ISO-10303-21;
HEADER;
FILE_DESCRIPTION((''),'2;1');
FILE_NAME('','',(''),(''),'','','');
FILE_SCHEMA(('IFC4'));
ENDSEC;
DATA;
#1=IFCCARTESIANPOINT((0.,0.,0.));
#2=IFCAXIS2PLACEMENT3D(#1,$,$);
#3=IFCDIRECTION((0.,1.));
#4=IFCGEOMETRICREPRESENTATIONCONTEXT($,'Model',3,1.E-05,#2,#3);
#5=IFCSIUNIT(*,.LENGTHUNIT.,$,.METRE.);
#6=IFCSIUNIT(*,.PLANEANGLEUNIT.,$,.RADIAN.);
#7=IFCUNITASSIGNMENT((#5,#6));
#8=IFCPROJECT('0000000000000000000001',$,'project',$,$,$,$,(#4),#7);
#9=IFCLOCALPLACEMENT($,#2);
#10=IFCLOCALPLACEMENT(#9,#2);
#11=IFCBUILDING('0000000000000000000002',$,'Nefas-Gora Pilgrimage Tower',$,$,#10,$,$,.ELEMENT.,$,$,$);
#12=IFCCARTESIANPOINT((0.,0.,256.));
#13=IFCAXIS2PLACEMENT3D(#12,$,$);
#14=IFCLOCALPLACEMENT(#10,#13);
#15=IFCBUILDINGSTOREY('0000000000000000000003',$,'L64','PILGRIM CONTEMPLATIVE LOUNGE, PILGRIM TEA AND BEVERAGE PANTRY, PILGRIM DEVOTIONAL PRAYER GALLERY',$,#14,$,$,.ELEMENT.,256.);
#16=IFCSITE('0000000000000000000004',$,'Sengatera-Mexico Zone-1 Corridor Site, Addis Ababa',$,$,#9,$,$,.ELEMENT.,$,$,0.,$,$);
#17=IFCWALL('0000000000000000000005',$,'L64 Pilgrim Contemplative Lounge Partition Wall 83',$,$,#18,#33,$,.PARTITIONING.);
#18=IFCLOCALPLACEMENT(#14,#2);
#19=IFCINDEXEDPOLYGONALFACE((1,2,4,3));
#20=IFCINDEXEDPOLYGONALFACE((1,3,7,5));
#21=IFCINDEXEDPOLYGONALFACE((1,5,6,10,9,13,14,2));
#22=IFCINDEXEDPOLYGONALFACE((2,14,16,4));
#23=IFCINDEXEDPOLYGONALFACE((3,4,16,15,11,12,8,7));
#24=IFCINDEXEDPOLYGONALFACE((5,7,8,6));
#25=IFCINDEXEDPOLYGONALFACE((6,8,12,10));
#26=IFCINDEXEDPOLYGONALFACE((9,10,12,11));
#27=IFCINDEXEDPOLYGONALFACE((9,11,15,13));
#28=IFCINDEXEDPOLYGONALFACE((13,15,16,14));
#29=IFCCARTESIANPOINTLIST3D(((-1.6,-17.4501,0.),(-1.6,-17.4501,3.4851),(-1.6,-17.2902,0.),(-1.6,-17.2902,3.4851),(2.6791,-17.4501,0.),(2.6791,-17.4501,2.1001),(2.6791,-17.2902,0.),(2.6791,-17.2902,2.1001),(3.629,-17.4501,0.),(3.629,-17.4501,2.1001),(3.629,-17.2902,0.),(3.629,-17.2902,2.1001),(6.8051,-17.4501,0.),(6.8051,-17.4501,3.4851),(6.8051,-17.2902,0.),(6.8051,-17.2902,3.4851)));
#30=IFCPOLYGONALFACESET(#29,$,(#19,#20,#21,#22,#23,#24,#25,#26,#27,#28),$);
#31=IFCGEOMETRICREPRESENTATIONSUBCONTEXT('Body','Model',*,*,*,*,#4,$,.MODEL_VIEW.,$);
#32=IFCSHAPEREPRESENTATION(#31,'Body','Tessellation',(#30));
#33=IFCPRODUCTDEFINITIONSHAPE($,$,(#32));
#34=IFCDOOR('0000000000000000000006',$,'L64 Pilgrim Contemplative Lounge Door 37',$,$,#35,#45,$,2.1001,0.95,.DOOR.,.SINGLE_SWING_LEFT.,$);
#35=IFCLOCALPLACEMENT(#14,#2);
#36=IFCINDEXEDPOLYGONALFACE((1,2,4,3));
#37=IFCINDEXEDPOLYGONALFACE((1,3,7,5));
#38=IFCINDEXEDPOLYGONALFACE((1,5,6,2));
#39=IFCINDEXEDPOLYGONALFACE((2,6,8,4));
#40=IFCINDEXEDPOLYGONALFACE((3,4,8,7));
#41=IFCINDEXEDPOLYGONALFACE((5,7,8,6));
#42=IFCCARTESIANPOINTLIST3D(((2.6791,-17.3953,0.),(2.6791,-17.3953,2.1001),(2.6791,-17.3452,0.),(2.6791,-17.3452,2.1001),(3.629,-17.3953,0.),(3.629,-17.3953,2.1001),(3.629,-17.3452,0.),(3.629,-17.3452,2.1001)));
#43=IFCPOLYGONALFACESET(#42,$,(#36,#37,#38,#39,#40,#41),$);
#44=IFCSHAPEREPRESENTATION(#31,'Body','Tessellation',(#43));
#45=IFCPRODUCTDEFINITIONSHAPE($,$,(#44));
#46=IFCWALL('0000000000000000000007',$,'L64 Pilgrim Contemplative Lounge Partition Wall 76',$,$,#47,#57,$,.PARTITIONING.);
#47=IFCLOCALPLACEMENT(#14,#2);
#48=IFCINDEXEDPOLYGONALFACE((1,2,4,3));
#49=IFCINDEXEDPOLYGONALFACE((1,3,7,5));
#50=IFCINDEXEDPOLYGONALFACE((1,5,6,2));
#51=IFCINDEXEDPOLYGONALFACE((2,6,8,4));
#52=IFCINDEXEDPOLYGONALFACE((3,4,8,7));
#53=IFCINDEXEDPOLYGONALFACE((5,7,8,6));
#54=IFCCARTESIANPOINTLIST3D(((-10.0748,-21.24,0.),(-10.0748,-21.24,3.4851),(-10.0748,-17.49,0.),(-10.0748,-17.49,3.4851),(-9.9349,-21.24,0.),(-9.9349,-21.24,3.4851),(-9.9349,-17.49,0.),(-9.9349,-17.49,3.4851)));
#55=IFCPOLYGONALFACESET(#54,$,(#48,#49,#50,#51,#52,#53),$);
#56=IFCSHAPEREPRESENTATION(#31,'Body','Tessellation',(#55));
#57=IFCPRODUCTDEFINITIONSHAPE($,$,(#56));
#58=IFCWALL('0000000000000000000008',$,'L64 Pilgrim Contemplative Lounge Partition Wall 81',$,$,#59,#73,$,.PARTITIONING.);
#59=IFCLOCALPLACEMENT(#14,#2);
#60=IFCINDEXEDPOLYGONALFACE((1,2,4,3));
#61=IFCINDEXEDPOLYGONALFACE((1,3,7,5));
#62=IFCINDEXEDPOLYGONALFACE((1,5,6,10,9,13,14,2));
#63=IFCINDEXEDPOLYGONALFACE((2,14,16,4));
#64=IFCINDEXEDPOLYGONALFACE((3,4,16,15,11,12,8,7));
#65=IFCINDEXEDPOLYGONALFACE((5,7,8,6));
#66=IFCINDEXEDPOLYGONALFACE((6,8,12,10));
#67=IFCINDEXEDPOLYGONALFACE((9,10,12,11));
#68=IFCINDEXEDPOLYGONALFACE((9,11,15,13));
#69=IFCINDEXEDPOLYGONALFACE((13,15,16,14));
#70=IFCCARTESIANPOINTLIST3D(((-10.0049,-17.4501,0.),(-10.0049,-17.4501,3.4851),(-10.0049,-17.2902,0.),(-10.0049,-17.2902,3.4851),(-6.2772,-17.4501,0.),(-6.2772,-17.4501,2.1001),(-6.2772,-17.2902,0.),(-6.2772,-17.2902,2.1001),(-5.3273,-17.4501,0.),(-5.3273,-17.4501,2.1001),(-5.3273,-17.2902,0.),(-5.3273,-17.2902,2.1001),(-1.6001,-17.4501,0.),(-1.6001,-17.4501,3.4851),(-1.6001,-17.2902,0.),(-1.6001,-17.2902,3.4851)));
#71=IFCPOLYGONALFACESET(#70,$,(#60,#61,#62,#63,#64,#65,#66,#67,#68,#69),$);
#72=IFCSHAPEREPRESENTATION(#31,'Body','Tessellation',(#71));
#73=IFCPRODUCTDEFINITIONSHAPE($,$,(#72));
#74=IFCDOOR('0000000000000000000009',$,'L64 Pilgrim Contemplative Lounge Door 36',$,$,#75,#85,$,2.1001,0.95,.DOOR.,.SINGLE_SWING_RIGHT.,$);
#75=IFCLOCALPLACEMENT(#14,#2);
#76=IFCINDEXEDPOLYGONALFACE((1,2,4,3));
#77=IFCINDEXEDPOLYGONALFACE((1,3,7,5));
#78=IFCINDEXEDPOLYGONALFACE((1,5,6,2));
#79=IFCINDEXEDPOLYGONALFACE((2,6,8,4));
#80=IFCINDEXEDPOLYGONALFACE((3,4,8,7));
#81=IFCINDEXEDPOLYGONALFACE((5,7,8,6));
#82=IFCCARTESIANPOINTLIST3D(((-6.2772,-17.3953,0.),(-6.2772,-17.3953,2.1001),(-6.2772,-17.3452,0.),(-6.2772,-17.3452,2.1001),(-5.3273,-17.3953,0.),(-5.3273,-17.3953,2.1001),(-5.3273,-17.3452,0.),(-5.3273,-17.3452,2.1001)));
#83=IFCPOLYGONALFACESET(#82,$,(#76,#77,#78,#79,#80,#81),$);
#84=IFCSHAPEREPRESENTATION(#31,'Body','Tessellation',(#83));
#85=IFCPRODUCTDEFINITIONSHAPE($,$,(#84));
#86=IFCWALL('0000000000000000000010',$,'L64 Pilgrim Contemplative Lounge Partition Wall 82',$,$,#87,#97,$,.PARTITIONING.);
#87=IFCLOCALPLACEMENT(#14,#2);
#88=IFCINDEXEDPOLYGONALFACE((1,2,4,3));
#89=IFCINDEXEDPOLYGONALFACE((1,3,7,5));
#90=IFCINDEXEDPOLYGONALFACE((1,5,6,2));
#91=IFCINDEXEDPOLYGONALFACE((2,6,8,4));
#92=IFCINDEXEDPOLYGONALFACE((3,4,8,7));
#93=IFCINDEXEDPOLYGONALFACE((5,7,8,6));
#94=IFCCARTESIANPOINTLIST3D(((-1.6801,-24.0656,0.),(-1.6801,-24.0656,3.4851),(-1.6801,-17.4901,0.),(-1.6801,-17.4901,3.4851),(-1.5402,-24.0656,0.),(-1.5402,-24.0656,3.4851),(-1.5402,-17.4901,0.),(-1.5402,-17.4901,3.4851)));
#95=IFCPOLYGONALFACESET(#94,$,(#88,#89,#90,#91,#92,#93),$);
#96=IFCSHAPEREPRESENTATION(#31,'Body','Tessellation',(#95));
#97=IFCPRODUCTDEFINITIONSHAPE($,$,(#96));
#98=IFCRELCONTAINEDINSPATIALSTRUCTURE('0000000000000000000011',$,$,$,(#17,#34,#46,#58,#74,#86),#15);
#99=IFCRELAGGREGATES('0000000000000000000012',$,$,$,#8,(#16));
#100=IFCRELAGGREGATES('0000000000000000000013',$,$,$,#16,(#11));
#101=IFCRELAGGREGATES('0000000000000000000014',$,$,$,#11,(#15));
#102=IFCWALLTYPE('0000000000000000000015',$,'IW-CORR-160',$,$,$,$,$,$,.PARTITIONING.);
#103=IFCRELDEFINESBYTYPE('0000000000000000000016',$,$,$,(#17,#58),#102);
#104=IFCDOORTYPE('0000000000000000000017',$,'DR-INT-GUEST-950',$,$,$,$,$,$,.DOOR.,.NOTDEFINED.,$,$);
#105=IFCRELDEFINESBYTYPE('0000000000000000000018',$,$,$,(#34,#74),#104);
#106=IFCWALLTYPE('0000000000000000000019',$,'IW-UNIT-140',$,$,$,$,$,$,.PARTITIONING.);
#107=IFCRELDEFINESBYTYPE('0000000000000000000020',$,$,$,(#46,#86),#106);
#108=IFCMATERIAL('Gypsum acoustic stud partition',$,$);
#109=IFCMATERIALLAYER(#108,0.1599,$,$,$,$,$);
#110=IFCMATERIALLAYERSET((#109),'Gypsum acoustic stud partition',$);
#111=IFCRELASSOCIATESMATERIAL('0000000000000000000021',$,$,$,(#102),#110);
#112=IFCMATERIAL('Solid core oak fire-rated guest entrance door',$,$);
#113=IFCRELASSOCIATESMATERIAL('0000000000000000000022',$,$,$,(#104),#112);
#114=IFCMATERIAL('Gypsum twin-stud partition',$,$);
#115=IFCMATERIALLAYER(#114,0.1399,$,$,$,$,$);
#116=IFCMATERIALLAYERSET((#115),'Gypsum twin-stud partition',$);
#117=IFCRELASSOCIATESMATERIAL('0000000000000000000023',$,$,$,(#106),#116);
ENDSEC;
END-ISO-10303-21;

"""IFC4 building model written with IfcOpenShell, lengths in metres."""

from ifc_helpers import new_model, si_unit, direction, frame, frame_2d, origin, place, context, subcontext, project, spatial, rectangle, extrude, source, transform, mapped, material, layer, layer_set, type_object, element, fill, save


model = new_model("IFC4")

# Units and contexts
model_context = context("Model", 3, precision=1e-05, world=origin(), true_north=direction((0.0, 1.0)))
body_context = subcontext(model_context, "Body", "Model", "MODEL_VIEW")
ifc_project = project(units=[si_unit("LENGTHUNIT", "METRE"), si_unit("PLANEANGLEUNIT", "RADIAN")], contexts=[model_context])

# Site, building, storey
site_placement = place(None, origin())
site = spatial("IfcSite", under=ifc_project, at=site_placement, Name="Sengatera-Mexico Zone-1 Corridor Site, Addis Ababa", CompositionType="ELEMENT", RefElevation=0.0)
building_placement = place(site_placement, origin())
building = spatial("IfcBuilding", under=site, at=building_placement, Name="Nefas-Gora Pilgrimage Tower", CompositionType="ELEMENT")
storey_placement = place(building_placement, frame((0.0, 0.0, 256.0)))
storey = spatial("IfcBuildingStorey", under=building, at=storey_placement, Name="L64", Description="PILGRIM CONTEMPLATIVE LOUNGE, PILGRIM TEA AND BEVERAGE PANTRY, PILGRIM DEVOTIONAL PRAYER GALLERY", CompositionType="ELEMENT", Elevation=256.0)

# Wall, opening, door
ifc_material_1 = material(Name="Gypsum acoustic stud partition")
ifc_layer_1 = layer(ifc_material_1, 0.1599)
ifc_layer_set_1 = layer_set([ifc_layer_1], Name="Gypsum acoustic stud partition")
wall_type_1 = type_object("IfcWallType", Name="IW-CORR-160", PredefinedType="PARTITIONING", material=ifc_layer_set_1)
shared_shape_1 = source(origin(), body_context, "Body", "SweptSolid", [
    extrude(rectangle(XDim=8.405, YDim=0.1599, at=frame_2d((4.2026, 0.0))), origin(), (0.0, 0.0, 1.0), 3.4851),
])
wall_1_placement = place(storey_placement, frame((-1.6001, -17.3701, 0.0), z_axis=(0.0, 0.0, 1.0), x_axis=(1.0, 0.0, 0.0)))
wall_1 = element("IfcWall", 1, at=wall_1_placement, inside=storey, type_object=wall_type_1, Name="L64 Pilgrim Contemplative Lounge Partition Wall 83", PredefinedType="PARTITIONING", context=body_context, shape_type="MappedRepresentation", body=[
    mapped(shared_shape_1, transform((0.0, 0.0, 0.0), x_axis=(1.0, 0.0, 0.0), y_axis=(0.0, 1.0, 0.0), z_axis=(0.0, 0.0, 1.0), scale=1.0)),
])
opening_1_placement = place(wall_1_placement, frame((4.2791, 0.0, 0.0)))
opening_1 = element("IfcOpeningElement", 2, at=opening_1_placement, cuts=wall_1, PredefinedType="OPENING", context=body_context, shape_type="SweptSolid", body=[
    extrude(rectangle(XDim=0.95, YDim=2.1001, at=frame_2d((0.4751, 1.05))), frame((0.0, 0.0898, 0.0), z_axis=(0.0, -1.0, 0.0), x_axis=(1.0, 0.0, 0.0)), (0.0, 0.0, 1.0), 0.1799),
])
ifc_material_2 = material(Name="Solid core oak fire-rated guest entrance door")
door_type_1 = type_object("IfcDoorType", Name="DR-INT-GUEST-950", OperationType="NOTDEFINED", PredefinedType="DOOR", material=ifc_material_2)
shared_shape_2 = source(origin(), body_context, "Body", "SweptSolid", [
    extrude(rectangle(XDim=0.95, YDim=2.1001, at=frame_2d((0.4751, 1.05))), frame((0.0, 0.0249, 0.0), z_axis=(0.0, -1.0, 0.0), x_axis=(1.0, 0.0, 0.0)), (0.0, 0.0, 1.0), 0.05),
])
door_1_placement = place(opening_1_placement, origin())
door_1 = element("IfcDoor", 3, at=door_1_placement, inside=storey, type_object=door_type_1, Name="L64 Pilgrim Contemplative Lounge Door 37", OperationType="SINGLE_SWING_LEFT", OverallHeight=2.1001, OverallWidth=0.95, PredefinedType="DOOR", context=body_context, shape_type="MappedRepresentation", body=[
    mapped(shared_shape_2, transform((0.0, 0.0, 0.0), x_axis=(1.0, 0.0, 0.0), y_axis=(0.0, 1.0, 0.0), z_axis=(0.0, 0.0, 1.0), scale=1.0)),
])
fill(opening_1, door_1)

# Wall
ifc_material_3 = material(Name="Gypsum twin-stud partition")
ifc_layer_2 = layer(ifc_material_3, 0.1399)
ifc_layer_set_2 = layer_set([ifc_layer_2], Name="Gypsum twin-stud partition")
wall_type_2 = type_object("IfcWallType", Name="IW-UNIT-140", PredefinedType="PARTITIONING", material=ifc_layer_set_2)
shared_shape_3 = source(origin(), body_context, "Body", "SweptSolid", [
    extrude(rectangle(XDim=3.75, YDim=0.1399, at=frame_2d((1.875, 0.0))), origin(), (0.0, 0.0, 1.0), 3.4851),
])
wall_2_placement = place(storey_placement, frame((-10.0049, -21.24, 0.0), z_axis=(0.0, 0.0, 1.0), x_axis=(0.0, 1.0, 0.0)))
element("IfcWall", 4, at=wall_2_placement, inside=storey, type_object=wall_type_2, Name="L64 Pilgrim Contemplative Lounge Partition Wall 76", PredefinedType="PARTITIONING", context=body_context, shape_type="MappedRepresentation", body=[
    mapped(shared_shape_3, transform((0.0, 0.0, 0.0), x_axis=(1.0, 0.0, 0.0), y_axis=(0.0, 1.0, 0.0), z_axis=(0.0, 0.0, 1.0), scale=1.0)),
])

# Wall, opening, door
shared_shape_4 = source(origin(), body_context, "Body", "SweptSolid", [
    extrude(rectangle(XDim=8.4048, YDim=0.1599, at=frame_2d((4.2024, 0.0))), origin(), (0.0, 0.0, 1.0), 3.4851),
])
wall_3_placement = place(storey_placement, frame((-10.0049, -17.3701, 0.0), z_axis=(0.0, 0.0, 1.0), x_axis=(1.0, 0.0, 0.0)))
wall_3 = element("IfcWall", 5, at=wall_3_placement, inside=storey, type_object=wall_type_1, Name="L64 Pilgrim Contemplative Lounge Partition Wall 81", PredefinedType="PARTITIONING", context=body_context, shape_type="MappedRepresentation", body=[
    mapped(shared_shape_4, transform((0.0, 0.0, 0.0), x_axis=(1.0, 0.0, 0.0), y_axis=(0.0, 1.0, 0.0), z_axis=(0.0, 0.0, 1.0), scale=1.0)),
])
opening_2_placement = place(wall_3_placement, frame((3.7275, 0.0, 0.0)))
opening_2 = element("IfcOpeningElement", 6, at=opening_2_placement, cuts=wall_3, PredefinedType="OPENING", context=body_context, shape_type="SweptSolid", body=[
    extrude(rectangle(XDim=0.95, YDim=2.1001, at=frame_2d((0.4751, 1.05))), frame((0.0, 0.0898, 0.0), z_axis=(0.0, -1.0, 0.0), x_axis=(1.0, 0.0, 0.0)), (0.0, 0.0, 1.0), 0.1799),
])
door_2_placement = place(opening_2_placement, origin())
door_2 = element("IfcDoor", 7, at=door_2_placement, inside=storey, type_object=door_type_1, Name="L64 Pilgrim Contemplative Lounge Door 36", OperationType="SINGLE_SWING_RIGHT", OverallHeight=2.1001, OverallWidth=0.95, PredefinedType="DOOR", context=body_context, shape_type="MappedRepresentation", body=[
    mapped(shared_shape_2, transform((0.0, 0.0, 0.0), x_axis=(1.0, 0.0, 0.0), y_axis=(0.0, 1.0, 0.0), z_axis=(0.0, 0.0, 1.0), scale=1.0)),
])
fill(opening_2, door_2)

# Wall
shared_shape_5 = source(origin(), body_context, "Body", "SweptSolid", [
    extrude(rectangle(XDim=6.5754, YDim=0.1399, at=frame_2d((3.2876, 0.0))), origin(), (0.0, 0.0, 1.0), 3.4851),
])
wall_4_placement = place(storey_placement, frame((-1.6101, -24.0654, 0.0), z_axis=(0.0, 0.0, 1.0), x_axis=(0.0, 1.0, 0.0)))
element("IfcWall", 8, at=wall_4_placement, inside=storey, type_object=wall_type_2, Name="L64 Pilgrim Contemplative Lounge Partition Wall 82", PredefinedType="PARTITIONING", context=body_context, shape_type="MappedRepresentation", body=[
    mapped(shared_shape_5, transform((0.0, 0.0, 0.0), x_axis=(1.0, 0.0, 0.0), y_axis=(0.0, 1.0, 0.0), z_axis=(0.0, 0.0, 1.0), scale=1.0)),
])

save(model, "model.ifc")
